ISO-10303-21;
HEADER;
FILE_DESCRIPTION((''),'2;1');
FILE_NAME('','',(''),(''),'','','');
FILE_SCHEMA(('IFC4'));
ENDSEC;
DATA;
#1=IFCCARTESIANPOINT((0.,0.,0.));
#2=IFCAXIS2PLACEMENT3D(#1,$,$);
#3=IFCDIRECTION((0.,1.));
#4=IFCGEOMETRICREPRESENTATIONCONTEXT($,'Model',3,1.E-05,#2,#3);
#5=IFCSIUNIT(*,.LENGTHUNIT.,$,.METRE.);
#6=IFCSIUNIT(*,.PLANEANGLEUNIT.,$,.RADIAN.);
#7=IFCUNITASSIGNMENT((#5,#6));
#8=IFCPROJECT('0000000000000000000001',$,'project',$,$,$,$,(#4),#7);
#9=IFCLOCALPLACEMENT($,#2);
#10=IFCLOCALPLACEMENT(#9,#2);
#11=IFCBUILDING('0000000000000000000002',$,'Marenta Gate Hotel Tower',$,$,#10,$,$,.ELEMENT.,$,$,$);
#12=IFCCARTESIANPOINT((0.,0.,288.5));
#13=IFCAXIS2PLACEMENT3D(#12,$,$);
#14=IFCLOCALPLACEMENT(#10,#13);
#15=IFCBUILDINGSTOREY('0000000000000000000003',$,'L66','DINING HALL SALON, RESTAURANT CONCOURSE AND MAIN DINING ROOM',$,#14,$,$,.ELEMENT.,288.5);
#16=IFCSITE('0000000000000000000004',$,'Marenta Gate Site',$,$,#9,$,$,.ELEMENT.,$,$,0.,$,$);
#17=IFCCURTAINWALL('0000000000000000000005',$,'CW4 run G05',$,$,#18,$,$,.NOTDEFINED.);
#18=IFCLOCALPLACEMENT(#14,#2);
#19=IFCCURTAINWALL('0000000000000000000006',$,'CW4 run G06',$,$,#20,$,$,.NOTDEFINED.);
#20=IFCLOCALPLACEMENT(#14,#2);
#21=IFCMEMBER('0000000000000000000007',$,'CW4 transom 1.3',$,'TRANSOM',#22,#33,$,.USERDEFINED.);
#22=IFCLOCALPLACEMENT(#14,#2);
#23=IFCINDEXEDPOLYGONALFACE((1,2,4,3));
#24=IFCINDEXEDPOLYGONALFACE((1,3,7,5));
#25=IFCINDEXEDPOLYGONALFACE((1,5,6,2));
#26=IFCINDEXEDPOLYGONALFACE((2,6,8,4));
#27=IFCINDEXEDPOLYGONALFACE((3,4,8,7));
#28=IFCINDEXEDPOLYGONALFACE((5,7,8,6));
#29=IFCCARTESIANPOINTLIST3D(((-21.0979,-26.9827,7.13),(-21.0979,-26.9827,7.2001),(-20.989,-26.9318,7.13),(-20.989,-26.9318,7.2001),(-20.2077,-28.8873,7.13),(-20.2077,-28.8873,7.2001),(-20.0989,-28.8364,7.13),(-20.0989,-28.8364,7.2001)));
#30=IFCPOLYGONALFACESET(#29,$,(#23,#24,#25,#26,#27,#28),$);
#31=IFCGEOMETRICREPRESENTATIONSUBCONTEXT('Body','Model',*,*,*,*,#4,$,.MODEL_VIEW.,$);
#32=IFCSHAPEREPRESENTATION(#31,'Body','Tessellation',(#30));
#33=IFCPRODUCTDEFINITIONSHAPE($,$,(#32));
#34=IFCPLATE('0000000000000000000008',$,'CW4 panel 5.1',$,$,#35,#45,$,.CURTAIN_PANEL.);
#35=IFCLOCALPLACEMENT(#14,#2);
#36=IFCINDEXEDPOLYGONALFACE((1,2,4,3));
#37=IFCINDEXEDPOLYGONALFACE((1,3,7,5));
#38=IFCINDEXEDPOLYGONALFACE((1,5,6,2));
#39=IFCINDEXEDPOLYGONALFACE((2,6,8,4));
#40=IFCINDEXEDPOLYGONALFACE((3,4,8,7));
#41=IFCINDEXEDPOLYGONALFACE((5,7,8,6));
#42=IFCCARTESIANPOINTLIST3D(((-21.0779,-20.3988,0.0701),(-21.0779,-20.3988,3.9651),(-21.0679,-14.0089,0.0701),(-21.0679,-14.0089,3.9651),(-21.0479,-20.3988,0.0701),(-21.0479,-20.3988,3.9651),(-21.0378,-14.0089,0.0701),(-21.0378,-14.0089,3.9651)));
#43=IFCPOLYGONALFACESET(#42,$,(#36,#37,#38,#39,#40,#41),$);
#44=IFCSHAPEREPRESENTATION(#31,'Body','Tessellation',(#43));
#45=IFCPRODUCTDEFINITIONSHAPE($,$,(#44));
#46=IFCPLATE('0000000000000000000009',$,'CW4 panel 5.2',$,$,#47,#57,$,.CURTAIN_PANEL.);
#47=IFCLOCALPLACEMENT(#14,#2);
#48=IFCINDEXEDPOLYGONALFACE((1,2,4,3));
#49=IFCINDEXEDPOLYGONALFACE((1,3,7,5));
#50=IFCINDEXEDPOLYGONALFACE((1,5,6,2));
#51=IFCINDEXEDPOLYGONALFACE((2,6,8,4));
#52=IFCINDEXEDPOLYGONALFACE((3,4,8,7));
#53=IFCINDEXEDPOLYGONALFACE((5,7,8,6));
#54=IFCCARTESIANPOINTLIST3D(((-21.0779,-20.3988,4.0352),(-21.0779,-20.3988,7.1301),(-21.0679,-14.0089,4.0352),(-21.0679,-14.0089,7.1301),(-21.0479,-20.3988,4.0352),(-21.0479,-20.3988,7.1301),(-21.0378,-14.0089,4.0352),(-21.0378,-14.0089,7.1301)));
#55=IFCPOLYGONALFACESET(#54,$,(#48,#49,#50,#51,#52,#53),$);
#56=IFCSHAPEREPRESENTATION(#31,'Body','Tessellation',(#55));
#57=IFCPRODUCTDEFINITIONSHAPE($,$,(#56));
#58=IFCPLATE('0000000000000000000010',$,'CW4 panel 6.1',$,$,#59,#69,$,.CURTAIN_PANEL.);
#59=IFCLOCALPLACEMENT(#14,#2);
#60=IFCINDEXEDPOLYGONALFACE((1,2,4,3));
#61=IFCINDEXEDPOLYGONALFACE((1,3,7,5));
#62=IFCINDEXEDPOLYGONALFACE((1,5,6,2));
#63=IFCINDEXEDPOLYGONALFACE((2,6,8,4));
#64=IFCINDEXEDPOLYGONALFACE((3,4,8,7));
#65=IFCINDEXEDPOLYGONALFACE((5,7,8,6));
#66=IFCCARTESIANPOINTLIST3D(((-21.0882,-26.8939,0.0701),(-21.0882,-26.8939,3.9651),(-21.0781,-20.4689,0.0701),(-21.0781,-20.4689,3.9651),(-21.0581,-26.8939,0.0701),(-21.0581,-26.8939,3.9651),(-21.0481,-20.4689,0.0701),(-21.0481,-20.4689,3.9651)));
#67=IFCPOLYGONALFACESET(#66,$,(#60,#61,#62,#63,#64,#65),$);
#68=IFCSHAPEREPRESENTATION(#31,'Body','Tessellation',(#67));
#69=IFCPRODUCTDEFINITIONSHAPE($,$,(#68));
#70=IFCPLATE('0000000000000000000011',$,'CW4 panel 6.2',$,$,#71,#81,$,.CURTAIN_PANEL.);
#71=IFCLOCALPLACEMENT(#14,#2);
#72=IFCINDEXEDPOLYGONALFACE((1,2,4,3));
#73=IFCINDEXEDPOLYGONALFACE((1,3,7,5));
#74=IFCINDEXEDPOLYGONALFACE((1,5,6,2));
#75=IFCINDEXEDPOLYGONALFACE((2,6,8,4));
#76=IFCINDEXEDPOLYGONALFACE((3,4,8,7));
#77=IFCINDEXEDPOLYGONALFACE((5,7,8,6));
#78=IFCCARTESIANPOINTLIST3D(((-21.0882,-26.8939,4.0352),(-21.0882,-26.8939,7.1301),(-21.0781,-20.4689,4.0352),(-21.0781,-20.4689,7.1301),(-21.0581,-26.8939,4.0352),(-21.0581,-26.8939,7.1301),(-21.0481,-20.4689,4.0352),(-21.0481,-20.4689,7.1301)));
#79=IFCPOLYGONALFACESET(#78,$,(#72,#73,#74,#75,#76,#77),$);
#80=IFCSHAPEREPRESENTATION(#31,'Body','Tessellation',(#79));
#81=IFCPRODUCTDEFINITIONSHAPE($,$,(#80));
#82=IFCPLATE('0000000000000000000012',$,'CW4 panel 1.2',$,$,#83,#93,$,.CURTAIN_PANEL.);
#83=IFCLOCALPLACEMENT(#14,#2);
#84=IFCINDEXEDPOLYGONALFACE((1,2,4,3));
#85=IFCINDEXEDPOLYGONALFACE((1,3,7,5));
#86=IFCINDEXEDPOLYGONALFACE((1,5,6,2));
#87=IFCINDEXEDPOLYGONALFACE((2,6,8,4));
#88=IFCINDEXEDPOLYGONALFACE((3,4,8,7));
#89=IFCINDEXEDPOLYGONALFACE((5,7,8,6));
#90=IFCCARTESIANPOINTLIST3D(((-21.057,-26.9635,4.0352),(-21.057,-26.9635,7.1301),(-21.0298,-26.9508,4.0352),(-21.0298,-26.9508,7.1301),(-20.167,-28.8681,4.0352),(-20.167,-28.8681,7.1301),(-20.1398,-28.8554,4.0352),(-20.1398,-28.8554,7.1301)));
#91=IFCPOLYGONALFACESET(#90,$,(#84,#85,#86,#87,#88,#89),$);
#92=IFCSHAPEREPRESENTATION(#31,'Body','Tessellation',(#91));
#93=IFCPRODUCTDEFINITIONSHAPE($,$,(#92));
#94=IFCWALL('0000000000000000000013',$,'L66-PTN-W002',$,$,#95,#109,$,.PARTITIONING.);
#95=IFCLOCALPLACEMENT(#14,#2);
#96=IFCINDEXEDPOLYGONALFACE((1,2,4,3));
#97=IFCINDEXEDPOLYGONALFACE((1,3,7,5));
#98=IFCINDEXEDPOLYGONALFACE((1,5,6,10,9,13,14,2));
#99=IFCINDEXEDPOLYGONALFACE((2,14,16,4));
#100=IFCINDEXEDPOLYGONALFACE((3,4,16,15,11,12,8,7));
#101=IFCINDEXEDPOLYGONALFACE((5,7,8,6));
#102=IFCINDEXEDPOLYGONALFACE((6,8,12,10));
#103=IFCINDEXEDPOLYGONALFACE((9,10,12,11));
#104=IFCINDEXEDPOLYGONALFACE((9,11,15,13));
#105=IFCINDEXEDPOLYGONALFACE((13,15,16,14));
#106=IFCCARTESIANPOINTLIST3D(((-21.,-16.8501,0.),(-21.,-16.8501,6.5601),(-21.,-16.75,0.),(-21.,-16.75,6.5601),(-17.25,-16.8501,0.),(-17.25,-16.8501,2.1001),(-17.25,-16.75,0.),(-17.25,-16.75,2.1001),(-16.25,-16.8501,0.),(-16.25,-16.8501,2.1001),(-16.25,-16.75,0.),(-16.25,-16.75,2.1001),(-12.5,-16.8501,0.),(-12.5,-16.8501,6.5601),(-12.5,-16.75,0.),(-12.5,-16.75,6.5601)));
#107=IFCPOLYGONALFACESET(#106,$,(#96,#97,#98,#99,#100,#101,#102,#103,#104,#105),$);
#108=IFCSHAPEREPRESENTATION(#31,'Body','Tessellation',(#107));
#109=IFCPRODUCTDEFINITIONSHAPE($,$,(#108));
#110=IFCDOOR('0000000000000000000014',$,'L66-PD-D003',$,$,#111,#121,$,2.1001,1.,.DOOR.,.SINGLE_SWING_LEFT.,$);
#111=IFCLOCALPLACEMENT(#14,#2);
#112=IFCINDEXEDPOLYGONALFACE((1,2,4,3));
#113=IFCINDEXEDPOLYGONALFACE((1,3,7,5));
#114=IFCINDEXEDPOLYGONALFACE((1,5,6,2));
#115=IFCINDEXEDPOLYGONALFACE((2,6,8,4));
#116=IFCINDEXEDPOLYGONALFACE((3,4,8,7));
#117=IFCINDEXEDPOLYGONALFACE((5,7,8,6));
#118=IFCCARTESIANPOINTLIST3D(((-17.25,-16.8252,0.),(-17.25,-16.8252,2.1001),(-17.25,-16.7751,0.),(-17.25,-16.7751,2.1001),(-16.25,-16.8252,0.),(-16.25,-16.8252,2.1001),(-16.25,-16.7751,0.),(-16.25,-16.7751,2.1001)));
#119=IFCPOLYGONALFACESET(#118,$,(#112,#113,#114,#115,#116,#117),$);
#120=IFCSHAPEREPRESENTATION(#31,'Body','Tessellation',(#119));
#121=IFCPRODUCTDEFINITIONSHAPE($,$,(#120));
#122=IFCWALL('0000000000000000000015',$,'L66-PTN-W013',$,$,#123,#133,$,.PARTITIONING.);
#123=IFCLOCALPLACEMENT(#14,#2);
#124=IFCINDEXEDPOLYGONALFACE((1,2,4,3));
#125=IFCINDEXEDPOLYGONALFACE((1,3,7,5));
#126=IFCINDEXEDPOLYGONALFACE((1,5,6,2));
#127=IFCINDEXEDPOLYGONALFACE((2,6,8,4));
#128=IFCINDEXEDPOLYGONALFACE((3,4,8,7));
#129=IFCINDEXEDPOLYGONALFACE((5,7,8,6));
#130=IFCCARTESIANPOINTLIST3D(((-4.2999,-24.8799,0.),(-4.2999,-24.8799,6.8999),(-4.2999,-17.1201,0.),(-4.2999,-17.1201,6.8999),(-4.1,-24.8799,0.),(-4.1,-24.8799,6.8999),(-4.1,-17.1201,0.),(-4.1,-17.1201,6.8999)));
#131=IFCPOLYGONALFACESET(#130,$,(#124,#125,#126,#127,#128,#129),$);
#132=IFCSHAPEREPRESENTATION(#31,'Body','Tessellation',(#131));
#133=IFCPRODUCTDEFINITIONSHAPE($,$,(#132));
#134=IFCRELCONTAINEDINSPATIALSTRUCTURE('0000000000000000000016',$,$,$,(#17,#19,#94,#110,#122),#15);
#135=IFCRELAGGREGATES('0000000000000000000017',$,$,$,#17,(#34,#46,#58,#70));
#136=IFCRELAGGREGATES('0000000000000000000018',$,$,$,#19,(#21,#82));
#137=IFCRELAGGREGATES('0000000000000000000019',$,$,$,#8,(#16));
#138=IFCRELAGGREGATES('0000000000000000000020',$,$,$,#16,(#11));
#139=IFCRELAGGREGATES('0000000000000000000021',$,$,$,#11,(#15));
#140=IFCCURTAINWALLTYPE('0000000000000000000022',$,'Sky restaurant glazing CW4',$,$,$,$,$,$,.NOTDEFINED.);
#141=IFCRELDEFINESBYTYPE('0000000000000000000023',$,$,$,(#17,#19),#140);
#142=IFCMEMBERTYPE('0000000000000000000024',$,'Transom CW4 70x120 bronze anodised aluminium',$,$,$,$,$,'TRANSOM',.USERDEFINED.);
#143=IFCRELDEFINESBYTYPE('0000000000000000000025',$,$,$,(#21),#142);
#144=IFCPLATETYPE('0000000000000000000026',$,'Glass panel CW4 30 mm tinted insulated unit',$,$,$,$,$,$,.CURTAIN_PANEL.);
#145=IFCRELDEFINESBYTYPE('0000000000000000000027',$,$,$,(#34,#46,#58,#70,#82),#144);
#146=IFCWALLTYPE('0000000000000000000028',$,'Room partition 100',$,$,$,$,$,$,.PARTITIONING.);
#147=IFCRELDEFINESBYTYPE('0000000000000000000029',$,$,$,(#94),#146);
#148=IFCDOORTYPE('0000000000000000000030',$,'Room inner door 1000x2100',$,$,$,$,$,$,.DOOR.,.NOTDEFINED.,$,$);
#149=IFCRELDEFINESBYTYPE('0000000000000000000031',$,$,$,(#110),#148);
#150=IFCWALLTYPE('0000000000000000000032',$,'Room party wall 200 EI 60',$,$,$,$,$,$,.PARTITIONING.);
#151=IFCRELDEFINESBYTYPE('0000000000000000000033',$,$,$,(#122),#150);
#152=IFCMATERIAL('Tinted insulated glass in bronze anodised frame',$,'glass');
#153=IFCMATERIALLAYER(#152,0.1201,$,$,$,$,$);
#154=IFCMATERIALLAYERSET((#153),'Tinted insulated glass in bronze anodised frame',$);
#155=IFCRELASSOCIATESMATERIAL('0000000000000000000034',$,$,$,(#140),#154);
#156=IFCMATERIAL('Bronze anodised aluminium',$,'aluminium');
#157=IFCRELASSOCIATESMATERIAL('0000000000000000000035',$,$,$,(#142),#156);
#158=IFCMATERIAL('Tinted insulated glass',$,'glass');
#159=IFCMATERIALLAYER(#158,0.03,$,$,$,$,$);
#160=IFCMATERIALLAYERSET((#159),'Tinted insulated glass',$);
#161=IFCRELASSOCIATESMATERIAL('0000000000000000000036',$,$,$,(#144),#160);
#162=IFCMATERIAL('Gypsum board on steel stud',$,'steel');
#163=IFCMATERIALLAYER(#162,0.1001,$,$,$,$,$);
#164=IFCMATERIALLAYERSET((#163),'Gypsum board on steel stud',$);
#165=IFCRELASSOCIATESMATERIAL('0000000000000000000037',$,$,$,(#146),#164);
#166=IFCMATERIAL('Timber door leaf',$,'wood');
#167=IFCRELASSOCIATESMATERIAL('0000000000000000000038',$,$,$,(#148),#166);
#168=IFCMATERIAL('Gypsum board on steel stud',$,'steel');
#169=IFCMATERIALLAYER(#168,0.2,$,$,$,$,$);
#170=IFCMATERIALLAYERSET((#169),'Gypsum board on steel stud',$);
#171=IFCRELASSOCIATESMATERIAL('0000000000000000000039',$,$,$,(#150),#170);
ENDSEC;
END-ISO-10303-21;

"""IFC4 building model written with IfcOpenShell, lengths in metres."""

from ifc_helpers import new_model, si_unit, direction, frame, frame_2d, origin, origin_2d, place, context, subcontext, project, spatial, rectangle, extrude, material, layer, layer_set, material_profile, profile_set, type_object, element, fill, aggregate, save


model = new_model("IFC4")

# Units and contexts
model_context = context("Model", 3, precision=1e-05, world=origin(), true_north=direction((0.0, 1.0)))
body_context = subcontext(model_context, "Body", "Model", "MODEL_VIEW")
ifc_project = project(units=[si_unit("LENGTHUNIT", "METRE"), si_unit("PLANEANGLEUNIT", "RADIAN")], contexts=[model_context])

# Site, building, storey
site_placement = place(None, origin())
site = spatial("IfcSite", under=ifc_project, at=site_placement, Name="Marenta Gate Site", CompositionType="ELEMENT", RefElevation=0.0)
building_placement = place(site_placement, origin())
building = spatial("IfcBuilding", under=site, at=building_placement, Name="Marenta Gate Hotel Tower", CompositionType="ELEMENT")
storey_placement = place(building_placement, frame((0.0, 0.0, 288.5)))
storey = spatial("IfcBuildingStorey", under=building, at=storey_placement, Name="L66", Description="DINING HALL SALON, RESTAURANT CONCOURSE AND MAIN DINING ROOM", CompositionType="ELEMENT", Elevation=288.5)

# Curtain walls
ifc_material_1 = material(Name="Tinted insulated glass in bronze anodised frame", Category="glass")
ifc_layer_1 = layer(ifc_material_1, 0.1201)
ifc_layer_set_1 = layer_set([ifc_layer_1], Name="Tinted insulated glass in bronze anodised frame")
curtain_wall_type = type_object("IfcCurtainWallType", Name="Sky restaurant glazing CW4", PredefinedType="NOTDEFINED", material=ifc_layer_set_1)
curtain_wall_1_placement = place(storey_placement, origin())
curtain_wall_1 = element("IfcCurtainWall", 1, at=curtain_wall_1_placement, inside=storey, type_object=curtain_wall_type, Name="CW4 run G05", PredefinedType="NOTDEFINED")
curtain_wall_2_placement = place(storey_placement, origin())
curtain_wall_2 = element("IfcCurtainWall", 2, at=curtain_wall_2_placement, inside=storey, type_object=curtain_wall_type, Name="CW4 run G06", PredefinedType="NOTDEFINED")

# Member
ifc_material_2 = material(Name="Bronze anodised aluminium", Category="aluminium")
ifc_material_profile_1 = material_profile(ifc_material_2, rectangle(XDim=0.1201, YDim=0.0701, at=origin_2d()), Name="Transom CW4 70x120 bronze anodised aluminium")
ifc_profile_set_1 = profile_set([ifc_material_profile_1], Name="Bronze anodised aluminium")
member_type_1 = type_object("IfcMemberType", Name="Transom CW4 70x120 bronze anodised aluminium", ElementType="TRANSOM", PredefinedType="USERDEFINED", material=ifc_profile_set_1)
member_1_placement = place(storey_placement, frame((-21.0435, -26.9573, 7.165), z_axis=(0.423413, -0.905937, 0.0), x_axis=(0.905937, 0.423413, 0.0)))
member_1 = element("IfcMember", 3, at=member_1_placement, type_object=member_type_1, Name="CW4 transom 1.3", ObjectType="TRANSOM", PredefinedType="USERDEFINED", context=body_context, shape_type="SweptSolid", body=[
    extrude(rectangle(XDim=0.1201, YDim=0.0701, at=origin_2d()), origin(), (0.0, 0.0, 1.0), 2.1023),
])

# Plates
ifc_material_3 = material(Name="Tinted insulated glass", Category="glass")
ifc_layer_2 = layer(ifc_material_3, 0.03)
ifc_layer_set_2 = layer_set([ifc_layer_2], Name="Tinted insulated glass")
plate_type = type_object("IfcPlateType", Name="Glass panel CW4 30 mm tinted insulated unit", PredefinedType="CURTAIN_PANEL", material=ifc_layer_set_2)
plate_1_placement = place(storey_placement, frame((-21.0579, -17.2039, 0.0701), z_axis=(0.0, 0.0, 1.0), x_axis=(-0.001566, -0.999999, 0.0)))
plate_1 = element("IfcPlate", 4, at=plate_1_placement, type_object=plate_type, Name="CW4 panel 5.1", PredefinedType="CURTAIN_PANEL", context=body_context, shape_type="SweptSolid", body=[
    extrude(rectangle(XDim=6.3899, YDim=0.03, at=origin_2d()), origin(), (0.0, 0.0, 1.0), 3.895),
])
plate_2_placement = place(storey_placement, frame((-21.0579, -17.2039, 4.0352), z_axis=(0.0, 0.0, 1.0), x_axis=(-0.001566, -0.999999, 0.0)))
plate_2 = element("IfcPlate", 5, at=plate_2_placement, type_object=plate_type, Name="CW4 panel 5.2", PredefinedType="CURTAIN_PANEL", context=body_context, shape_type="SweptSolid", body=[
    extrude(rectangle(XDim=6.3899, YDim=0.03, at=origin_2d()), origin(), (0.0, 0.0, 1.0), 3.095),
])
plate_3_placement = place(storey_placement, frame((-21.0681, -23.6814, 0.0701), z_axis=(0.0, 0.0, 1.0), x_axis=(-0.001566, -0.999999, 0.0)))
plate_3 = element("IfcPlate", 6, at=plate_3_placement, type_object=plate_type, Name="CW4 panel 6.1", PredefinedType="CURTAIN_PANEL", context=body_context, shape_type="SweptSolid", body=[
    extrude(rectangle(XDim=6.425, YDim=0.03, at=origin_2d()), origin(), (0.0, 0.0, 1.0), 3.895),
])
plate_4_placement = place(storey_placement, frame((-21.0681, -23.6814, 4.0352), z_axis=(0.0, 0.0, 1.0), x_axis=(-0.001566, -0.999999, 0.0)))
plate_4 = element("IfcPlate", 7, at=plate_4_placement, type_object=plate_type, Name="CW4 panel 6.2", PredefinedType="CURTAIN_PANEL", context=body_context, shape_type="SweptSolid", body=[
    extrude(rectangle(XDim=6.425, YDim=0.03, at=origin_2d()), origin(), (0.0, 0.0, 1.0), 3.095),
])
aggregate(curtain_wall_1, [plate_1, plate_2, plate_3, plate_4])
plate_5_placement = place(storey_placement, frame((-20.5984, -27.9094, 4.0352), z_axis=(0.0, 0.0, 1.0), x_axis=(0.423339, -0.905971, 0.0)))
plate_5 = element("IfcPlate", 8, at=plate_5_placement, type_object=plate_type, Name="CW4 panel 1.2", PredefinedType="CURTAIN_PANEL", context=body_context, shape_type="SweptSolid", body=[
    extrude(rectangle(XDim=2.1023, YDim=0.03, at=origin_2d()), origin(), (0.0, 0.0, 1.0), 3.095),
])
aggregate(curtain_wall_2, [member_1, plate_5])

# Wall, opening, door
ifc_material_4 = material(Name="Gypsum board on steel stud", Category="steel")
ifc_layer_3 = layer(ifc_material_4, 0.1001)
ifc_layer_set_3 = layer_set([ifc_layer_3], Name="Gypsum board on steel stud")
wall_type_1 = type_object("IfcWallType", Name="Room partition 100", PredefinedType="PARTITIONING", material=ifc_layer_set_3)
wall_1_placement = place(storey_placement, frame((-21.0, -16.8, 0.0), z_axis=(0.0, 0.0, 1.0), x_axis=(1.0, 0.0, 0.0)))
wall_1 = element("IfcWall", 9, at=wall_1_placement, inside=storey, type_object=wall_type_1, Name="L66-PTN-W002", PredefinedType="PARTITIONING", context=body_context, shape_type="SweptSolid", body=[
    extrude(rectangle(XDim=8.5, YDim=0.1001, at=frame_2d((4.25, 0.0))), origin(), (0.0, 0.0, 1.0), 6.5601),
])
opening_1_placement = place(wall_1_placement, frame((3.75, 0.0, 0.0)))
opening_1 = element("IfcOpeningElement", 10, at=opening_1_placement, cuts=wall_1, PredefinedType="OPENING", context=body_context, shape_type="SweptSolid", body=[
    extrude(rectangle(XDim=1.0, YDim=2.1001, at=frame_2d((0.5, 1.05))), frame((0.0, 0.05, 0.0), z_axis=(0.0, -1.0, 0.0), x_axis=(1.0, 0.0, 0.0)), (0.0, 0.0, 1.0), 0.1001),
])
ifc_material_5 = material(Name="Timber door leaf", Category="wood")
door_type_1 = type_object("IfcDoorType", Name="Room inner door 1000x2100", OperationType="NOTDEFINED", PredefinedType="DOOR", material=ifc_material_5)
door_1_placement = place(opening_1_placement, origin())
door_1 = element("IfcDoor", 11, at=door_1_placement, inside=storey, type_object=door_type_1, Name="L66-PD-D003", OperationType="SINGLE_SWING_LEFT", OverallHeight=2.1001, OverallWidth=1.0, PredefinedType="DOOR", context=body_context, shape_type="SweptSolid", body=[
    extrude(rectangle(XDim=1.0, YDim=2.1001, at=frame_2d((0.5, 1.05))), frame((0.0, 0.0249, 0.0), z_axis=(0.0, -1.0, 0.0), x_axis=(1.0, 0.0, 0.0)), (0.0, 0.0, 1.0), 0.05),
])
fill(opening_1, door_1)

# Wall
ifc_material_6 = material(Name="Gypsum board on steel stud", Category="steel")
ifc_layer_4 = layer(ifc_material_6, 0.2)
ifc_layer_set_4 = layer_set([ifc_layer_4], Name="Gypsum board on steel stud")
wall_type_2 = type_object("IfcWallType", Name="Room party wall 200 EI 60", PredefinedType="PARTITIONING", material=ifc_layer_set_4)
wall_2_placement = place(storey_placement, frame((-4.2, -24.8799, 0.0), z_axis=(0.0, 0.0, 1.0), x_axis=(0.0, 1.0, 0.0)))
element("IfcWall", 12, at=wall_2_placement, inside=storey, type_object=wall_type_2, Name="L66-PTN-W013", PredefinedType="PARTITIONING", context=body_context, shape_type="SweptSolid", body=[
    extrude(rectangle(XDim=7.7598, YDim=0.2, at=frame_2d((3.8799, 0.0))), origin(), (0.0, 0.0, 1.0), 6.8999),
])

save(model, "model.ifc")
